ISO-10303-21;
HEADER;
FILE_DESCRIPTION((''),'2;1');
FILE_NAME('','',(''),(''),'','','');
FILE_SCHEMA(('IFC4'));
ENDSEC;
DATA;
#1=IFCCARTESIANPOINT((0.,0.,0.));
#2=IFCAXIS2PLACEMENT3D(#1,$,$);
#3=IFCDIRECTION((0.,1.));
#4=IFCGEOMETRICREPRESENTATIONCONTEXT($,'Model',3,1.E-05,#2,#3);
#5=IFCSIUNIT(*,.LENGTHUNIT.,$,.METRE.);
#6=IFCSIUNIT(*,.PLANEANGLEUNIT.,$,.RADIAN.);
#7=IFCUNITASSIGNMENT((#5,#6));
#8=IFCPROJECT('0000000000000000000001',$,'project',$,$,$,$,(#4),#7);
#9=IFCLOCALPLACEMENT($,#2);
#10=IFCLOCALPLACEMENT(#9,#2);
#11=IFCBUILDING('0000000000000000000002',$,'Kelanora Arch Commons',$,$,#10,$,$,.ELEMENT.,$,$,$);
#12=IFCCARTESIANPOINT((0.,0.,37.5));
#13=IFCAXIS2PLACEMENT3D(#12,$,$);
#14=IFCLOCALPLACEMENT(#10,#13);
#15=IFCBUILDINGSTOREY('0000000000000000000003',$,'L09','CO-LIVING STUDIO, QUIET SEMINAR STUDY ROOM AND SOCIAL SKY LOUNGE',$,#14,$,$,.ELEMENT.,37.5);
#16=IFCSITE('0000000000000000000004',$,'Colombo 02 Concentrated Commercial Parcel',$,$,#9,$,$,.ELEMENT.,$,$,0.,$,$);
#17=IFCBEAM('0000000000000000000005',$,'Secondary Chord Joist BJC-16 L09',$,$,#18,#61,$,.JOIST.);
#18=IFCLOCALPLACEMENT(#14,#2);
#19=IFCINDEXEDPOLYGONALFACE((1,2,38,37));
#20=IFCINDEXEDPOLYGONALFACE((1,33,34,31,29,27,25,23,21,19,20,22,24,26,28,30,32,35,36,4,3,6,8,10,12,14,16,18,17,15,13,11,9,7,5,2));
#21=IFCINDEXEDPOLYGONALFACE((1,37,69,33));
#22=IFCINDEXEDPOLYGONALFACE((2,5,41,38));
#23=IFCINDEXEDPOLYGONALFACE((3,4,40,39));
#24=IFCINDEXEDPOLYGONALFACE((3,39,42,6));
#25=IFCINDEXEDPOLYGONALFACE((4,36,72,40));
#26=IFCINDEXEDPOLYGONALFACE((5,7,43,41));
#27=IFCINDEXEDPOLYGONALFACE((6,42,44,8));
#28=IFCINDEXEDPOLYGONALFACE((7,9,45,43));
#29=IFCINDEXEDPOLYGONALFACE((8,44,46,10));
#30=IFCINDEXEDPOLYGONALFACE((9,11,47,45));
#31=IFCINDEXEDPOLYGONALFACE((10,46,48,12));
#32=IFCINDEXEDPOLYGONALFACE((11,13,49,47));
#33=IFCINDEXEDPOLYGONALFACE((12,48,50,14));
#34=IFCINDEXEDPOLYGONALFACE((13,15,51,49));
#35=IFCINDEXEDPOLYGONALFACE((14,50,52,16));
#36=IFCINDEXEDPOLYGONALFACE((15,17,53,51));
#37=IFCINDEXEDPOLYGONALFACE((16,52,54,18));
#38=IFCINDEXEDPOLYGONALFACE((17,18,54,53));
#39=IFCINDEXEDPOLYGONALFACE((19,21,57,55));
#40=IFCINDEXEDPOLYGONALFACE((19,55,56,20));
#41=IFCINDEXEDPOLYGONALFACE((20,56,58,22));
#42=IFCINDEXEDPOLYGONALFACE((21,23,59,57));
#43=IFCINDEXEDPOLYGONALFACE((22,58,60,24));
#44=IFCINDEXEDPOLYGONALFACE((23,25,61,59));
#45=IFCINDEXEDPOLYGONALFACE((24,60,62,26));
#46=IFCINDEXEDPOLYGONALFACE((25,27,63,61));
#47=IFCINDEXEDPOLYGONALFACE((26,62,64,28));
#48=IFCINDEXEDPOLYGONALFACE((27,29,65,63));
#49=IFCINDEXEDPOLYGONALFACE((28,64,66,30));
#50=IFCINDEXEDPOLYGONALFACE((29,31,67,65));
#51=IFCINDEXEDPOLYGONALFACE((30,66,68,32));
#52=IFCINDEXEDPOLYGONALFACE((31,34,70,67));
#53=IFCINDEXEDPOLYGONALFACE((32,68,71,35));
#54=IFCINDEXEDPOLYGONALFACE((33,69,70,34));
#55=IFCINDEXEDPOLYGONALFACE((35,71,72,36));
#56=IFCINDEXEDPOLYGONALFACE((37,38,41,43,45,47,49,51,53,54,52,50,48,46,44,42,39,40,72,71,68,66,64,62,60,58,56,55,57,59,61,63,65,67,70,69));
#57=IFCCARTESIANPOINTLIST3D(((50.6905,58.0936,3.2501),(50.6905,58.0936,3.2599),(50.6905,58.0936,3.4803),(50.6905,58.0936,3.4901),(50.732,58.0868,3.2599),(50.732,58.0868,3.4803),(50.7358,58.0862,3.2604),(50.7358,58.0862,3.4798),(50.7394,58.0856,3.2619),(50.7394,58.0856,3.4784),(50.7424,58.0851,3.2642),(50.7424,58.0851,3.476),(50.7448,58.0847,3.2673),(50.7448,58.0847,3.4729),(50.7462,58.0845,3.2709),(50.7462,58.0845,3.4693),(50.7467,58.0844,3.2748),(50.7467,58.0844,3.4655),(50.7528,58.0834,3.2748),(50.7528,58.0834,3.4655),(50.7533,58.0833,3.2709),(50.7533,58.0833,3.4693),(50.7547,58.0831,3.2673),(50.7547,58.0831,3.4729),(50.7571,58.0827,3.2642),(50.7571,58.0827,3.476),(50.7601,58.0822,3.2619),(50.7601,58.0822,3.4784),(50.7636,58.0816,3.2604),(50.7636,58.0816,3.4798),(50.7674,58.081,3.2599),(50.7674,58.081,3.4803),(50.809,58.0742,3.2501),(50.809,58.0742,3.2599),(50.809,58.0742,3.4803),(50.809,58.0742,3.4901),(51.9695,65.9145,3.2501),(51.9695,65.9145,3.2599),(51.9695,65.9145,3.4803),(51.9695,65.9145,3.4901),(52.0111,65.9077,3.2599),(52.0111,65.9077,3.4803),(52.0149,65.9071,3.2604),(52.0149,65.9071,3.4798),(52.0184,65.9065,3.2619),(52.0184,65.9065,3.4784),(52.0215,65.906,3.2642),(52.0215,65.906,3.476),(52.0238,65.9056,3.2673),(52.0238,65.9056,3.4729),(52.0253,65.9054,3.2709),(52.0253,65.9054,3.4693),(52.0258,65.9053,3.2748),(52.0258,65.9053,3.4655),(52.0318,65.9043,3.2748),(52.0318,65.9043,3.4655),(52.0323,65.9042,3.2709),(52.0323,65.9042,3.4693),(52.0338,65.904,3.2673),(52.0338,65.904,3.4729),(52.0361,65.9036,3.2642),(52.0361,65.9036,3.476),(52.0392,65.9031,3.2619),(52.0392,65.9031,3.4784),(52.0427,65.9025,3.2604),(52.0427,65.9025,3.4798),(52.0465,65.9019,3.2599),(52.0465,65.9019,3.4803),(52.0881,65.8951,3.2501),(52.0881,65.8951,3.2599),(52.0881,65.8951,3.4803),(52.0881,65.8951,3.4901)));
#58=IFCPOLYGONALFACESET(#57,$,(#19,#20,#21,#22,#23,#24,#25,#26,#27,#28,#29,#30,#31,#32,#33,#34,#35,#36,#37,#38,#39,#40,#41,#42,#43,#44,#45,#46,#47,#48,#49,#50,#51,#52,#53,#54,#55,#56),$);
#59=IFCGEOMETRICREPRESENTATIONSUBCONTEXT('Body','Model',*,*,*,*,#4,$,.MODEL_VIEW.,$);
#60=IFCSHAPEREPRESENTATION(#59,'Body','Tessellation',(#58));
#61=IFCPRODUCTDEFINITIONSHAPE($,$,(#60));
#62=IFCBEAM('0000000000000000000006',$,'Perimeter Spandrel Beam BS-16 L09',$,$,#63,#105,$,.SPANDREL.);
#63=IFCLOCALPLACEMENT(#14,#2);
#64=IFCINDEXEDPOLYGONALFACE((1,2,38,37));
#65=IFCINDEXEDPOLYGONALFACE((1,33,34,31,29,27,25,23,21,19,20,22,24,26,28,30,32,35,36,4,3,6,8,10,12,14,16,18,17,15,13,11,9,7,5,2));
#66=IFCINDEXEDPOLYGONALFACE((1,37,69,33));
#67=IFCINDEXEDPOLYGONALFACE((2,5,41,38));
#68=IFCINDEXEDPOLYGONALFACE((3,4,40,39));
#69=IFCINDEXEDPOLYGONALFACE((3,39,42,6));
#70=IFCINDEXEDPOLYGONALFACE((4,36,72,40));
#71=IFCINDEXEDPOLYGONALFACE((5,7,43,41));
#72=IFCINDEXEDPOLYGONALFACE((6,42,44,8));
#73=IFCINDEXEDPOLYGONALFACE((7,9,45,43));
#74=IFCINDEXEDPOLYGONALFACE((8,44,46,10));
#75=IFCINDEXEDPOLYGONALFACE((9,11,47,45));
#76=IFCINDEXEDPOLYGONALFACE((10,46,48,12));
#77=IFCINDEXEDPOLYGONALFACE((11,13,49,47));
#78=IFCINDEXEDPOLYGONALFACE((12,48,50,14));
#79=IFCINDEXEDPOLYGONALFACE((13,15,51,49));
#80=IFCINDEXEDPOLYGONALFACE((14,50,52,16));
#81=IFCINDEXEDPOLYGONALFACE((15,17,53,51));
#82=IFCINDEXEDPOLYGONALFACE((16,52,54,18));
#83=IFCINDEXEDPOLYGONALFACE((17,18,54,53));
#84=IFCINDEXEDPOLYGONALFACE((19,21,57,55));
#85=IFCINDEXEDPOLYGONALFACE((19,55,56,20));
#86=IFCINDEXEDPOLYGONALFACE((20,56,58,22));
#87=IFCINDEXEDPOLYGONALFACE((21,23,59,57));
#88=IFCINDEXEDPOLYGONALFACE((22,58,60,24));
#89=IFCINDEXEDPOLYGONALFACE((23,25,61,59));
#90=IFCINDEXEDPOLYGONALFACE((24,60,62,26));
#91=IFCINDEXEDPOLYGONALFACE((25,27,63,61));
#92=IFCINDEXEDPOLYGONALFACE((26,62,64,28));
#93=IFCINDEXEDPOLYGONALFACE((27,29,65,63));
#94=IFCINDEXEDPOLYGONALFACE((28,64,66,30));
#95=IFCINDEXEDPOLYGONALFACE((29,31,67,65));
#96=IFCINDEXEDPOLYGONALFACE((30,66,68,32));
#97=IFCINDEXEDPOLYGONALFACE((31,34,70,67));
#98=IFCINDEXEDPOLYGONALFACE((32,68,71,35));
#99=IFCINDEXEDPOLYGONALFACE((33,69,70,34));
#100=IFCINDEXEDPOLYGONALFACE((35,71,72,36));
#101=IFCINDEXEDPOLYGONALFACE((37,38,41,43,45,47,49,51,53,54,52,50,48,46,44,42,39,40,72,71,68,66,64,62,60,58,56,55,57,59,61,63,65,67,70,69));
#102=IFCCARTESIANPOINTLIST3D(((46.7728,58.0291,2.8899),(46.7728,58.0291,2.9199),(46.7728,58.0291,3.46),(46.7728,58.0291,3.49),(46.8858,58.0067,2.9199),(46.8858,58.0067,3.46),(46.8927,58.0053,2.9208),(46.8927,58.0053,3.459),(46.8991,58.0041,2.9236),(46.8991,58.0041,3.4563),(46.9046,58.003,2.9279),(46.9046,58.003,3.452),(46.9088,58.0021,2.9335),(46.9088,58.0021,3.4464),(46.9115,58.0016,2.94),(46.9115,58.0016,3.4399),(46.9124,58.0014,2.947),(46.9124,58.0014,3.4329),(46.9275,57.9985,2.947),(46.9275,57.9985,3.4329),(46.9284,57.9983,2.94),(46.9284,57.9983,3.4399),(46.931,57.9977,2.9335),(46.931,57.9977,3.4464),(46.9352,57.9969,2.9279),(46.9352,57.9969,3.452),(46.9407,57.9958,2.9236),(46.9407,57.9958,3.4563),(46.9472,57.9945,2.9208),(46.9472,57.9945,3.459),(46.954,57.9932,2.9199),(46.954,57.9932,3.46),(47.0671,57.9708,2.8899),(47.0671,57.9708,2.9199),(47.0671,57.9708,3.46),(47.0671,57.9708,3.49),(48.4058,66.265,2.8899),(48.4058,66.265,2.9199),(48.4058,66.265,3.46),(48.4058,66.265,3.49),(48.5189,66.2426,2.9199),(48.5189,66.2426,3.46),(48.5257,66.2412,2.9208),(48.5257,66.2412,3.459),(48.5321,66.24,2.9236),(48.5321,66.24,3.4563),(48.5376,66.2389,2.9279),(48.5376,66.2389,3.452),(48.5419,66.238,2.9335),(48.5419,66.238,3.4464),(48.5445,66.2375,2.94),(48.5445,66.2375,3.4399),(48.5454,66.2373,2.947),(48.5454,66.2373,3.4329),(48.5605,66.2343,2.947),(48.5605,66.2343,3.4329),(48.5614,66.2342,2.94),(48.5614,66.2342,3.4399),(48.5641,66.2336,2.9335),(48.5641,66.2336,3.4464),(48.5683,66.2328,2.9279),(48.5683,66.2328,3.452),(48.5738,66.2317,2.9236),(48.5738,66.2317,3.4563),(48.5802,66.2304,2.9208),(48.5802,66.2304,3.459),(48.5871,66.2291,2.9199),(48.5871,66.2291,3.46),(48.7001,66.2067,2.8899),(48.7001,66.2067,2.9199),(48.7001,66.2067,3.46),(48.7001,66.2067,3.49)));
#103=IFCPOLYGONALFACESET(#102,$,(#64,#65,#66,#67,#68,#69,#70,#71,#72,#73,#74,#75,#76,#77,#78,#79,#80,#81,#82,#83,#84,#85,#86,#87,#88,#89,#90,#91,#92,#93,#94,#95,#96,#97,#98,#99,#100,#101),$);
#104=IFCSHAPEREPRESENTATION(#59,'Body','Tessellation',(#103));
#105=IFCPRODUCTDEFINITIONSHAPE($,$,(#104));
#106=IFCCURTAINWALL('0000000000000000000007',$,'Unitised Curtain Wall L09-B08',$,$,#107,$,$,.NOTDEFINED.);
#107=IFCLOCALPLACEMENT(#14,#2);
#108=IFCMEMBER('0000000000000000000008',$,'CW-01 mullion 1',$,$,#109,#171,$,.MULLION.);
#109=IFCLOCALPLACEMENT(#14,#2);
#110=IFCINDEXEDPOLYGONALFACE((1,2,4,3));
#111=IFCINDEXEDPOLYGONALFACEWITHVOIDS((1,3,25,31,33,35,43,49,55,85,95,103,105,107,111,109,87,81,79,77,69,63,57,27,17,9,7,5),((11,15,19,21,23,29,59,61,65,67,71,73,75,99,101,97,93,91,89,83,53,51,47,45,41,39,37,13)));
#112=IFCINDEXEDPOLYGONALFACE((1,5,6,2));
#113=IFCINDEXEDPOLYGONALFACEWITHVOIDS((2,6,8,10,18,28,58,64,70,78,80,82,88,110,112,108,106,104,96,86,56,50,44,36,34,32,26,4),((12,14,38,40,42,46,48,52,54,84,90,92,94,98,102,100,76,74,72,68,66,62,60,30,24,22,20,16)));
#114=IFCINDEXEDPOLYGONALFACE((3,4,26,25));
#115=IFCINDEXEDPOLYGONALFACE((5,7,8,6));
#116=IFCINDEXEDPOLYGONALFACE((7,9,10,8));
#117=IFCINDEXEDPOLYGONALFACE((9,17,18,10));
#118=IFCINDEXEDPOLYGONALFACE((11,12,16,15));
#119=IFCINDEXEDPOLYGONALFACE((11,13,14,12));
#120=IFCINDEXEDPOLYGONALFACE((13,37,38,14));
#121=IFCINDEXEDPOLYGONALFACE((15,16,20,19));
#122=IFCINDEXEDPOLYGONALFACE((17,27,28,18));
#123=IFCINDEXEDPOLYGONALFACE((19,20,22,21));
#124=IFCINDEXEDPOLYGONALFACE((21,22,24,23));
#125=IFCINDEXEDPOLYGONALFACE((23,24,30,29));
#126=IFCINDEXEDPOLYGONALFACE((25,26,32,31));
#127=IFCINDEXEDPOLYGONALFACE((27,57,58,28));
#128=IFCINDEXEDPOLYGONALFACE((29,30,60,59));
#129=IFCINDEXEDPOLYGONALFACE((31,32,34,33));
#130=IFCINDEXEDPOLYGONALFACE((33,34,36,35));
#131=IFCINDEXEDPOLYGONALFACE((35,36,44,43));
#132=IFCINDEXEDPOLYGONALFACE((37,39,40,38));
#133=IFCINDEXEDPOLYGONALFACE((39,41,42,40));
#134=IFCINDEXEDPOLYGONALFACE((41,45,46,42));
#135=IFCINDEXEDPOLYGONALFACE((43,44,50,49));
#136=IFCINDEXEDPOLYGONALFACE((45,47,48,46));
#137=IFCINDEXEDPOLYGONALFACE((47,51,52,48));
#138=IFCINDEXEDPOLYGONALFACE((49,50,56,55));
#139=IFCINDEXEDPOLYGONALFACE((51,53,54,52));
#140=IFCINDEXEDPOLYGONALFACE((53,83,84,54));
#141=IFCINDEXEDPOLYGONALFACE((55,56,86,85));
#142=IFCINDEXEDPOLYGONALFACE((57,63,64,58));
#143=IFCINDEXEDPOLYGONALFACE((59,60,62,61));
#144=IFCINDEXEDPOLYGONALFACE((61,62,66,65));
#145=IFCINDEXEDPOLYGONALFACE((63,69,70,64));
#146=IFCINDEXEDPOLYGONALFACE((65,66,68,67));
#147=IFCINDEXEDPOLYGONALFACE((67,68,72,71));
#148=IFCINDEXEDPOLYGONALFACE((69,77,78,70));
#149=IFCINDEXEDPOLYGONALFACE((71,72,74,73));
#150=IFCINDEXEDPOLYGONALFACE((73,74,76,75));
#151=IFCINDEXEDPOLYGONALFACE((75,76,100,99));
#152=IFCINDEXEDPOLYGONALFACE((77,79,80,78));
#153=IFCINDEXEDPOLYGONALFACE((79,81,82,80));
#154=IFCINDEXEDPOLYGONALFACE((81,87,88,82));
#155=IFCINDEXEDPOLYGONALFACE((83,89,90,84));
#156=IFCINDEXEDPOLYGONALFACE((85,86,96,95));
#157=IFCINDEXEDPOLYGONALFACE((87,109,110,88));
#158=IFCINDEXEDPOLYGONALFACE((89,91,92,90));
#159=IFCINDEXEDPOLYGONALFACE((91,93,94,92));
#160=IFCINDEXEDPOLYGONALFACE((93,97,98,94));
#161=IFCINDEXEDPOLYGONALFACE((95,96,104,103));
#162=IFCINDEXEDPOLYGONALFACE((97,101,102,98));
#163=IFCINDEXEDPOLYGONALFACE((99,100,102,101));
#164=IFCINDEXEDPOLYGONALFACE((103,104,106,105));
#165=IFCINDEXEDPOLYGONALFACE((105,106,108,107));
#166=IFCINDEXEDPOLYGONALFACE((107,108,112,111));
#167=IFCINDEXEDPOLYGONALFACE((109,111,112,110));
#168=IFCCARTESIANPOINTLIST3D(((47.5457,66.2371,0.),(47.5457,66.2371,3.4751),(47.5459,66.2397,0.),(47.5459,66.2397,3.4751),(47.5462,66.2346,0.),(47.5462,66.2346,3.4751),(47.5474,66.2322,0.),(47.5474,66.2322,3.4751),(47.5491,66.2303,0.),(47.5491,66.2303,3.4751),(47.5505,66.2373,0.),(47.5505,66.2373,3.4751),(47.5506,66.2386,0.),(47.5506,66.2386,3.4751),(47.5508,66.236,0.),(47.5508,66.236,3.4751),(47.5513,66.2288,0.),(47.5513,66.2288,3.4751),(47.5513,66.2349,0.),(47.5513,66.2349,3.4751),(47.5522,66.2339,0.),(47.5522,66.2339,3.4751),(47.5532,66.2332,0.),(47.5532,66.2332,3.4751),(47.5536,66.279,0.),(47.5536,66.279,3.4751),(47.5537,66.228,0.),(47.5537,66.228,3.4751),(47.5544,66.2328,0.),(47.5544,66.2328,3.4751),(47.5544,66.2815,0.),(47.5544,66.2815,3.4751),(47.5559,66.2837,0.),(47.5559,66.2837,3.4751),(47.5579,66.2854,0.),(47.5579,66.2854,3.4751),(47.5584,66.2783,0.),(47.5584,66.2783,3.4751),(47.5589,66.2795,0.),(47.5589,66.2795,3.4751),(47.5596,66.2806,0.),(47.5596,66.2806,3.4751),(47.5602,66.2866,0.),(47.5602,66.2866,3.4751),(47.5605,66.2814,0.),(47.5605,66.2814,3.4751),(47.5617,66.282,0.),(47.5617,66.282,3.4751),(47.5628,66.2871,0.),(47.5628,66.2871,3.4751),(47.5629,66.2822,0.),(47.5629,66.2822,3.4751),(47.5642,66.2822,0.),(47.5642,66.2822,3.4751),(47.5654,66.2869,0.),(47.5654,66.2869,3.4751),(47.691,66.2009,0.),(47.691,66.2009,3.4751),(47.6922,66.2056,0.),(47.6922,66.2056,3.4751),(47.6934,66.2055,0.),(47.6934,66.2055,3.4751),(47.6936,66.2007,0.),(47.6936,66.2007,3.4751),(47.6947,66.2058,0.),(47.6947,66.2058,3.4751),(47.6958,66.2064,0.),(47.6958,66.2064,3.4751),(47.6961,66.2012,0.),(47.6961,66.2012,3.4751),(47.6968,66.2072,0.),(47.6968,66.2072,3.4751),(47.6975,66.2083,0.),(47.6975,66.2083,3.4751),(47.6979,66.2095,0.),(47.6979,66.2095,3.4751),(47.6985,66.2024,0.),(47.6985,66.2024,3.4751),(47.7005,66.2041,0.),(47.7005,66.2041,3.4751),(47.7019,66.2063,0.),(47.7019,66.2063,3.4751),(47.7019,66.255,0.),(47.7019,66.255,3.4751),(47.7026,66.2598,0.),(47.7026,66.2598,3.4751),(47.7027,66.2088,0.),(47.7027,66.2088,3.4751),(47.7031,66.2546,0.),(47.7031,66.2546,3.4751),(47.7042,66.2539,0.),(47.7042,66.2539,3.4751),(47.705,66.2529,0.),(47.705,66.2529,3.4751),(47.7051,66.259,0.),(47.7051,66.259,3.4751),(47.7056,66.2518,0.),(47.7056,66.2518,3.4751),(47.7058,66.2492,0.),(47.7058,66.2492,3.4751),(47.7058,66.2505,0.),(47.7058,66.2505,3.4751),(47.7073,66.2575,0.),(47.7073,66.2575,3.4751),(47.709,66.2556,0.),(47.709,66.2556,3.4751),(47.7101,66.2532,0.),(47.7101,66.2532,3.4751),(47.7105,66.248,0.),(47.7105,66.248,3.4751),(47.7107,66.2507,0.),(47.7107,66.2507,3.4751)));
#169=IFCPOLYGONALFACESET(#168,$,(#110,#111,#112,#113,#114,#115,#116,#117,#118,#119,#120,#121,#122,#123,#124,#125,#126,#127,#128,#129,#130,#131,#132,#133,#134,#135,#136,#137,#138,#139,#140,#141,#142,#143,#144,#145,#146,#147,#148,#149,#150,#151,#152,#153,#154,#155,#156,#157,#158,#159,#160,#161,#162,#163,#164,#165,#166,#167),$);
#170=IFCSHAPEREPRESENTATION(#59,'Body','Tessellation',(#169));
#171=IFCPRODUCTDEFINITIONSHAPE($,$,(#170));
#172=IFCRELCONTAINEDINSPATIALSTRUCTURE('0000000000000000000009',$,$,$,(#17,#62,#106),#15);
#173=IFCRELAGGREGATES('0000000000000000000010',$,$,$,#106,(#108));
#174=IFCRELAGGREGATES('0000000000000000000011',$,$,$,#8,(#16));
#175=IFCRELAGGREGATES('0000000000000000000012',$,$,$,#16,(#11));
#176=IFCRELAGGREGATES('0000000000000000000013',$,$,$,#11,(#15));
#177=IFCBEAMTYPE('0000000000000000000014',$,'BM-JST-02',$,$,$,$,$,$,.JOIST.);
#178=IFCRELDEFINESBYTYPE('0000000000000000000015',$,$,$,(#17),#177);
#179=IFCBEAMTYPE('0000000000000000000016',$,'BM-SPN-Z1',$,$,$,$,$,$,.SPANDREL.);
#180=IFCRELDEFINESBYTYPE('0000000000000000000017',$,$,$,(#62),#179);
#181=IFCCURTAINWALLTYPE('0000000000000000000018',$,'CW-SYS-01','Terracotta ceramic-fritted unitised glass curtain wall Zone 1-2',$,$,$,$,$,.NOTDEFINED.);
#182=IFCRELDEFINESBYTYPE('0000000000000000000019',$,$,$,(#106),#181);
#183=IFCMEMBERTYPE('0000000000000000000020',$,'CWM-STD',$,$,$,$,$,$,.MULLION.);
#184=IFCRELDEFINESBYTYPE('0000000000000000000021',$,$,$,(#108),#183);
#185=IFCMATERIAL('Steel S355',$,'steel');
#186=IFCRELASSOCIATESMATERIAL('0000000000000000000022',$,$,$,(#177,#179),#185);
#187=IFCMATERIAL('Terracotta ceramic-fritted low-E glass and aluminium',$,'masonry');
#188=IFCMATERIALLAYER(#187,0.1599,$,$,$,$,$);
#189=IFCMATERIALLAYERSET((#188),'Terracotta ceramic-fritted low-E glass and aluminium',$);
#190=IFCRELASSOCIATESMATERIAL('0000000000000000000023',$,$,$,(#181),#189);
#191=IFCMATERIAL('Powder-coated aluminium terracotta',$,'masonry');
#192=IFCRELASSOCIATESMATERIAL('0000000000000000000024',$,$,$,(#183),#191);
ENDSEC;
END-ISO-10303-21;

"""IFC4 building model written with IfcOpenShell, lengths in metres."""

from ifc_helpers import new_model, si_unit, direction, frame, origin, origin_2d, place, context, subcontext, project, spatial, hollow_rectangle, i_section, extrude, material, layer, layer_set, material_profile, profile_set, type_object, element, aggregate, save


model = new_model("IFC4")

# Units and contexts
model_context = context("Model", 3, precision=1e-05, world=origin(), true_north=direction((0.0, 1.0)))
body_context = subcontext(model_context, "Body", "Model", "MODEL_VIEW")
ifc_project = project(units=[si_unit("LENGTHUNIT", "METRE"), si_unit("PLANEANGLEUNIT", "RADIAN")], contexts=[model_context])

# Site, building, storey
site_placement = place(None, origin())
site = spatial("IfcSite", under=ifc_project, at=site_placement, Name="Colombo 02 Concentrated Commercial Parcel", CompositionType="ELEMENT", RefElevation=0.0)
building_placement = place(site_placement, origin())
building = spatial("IfcBuilding", under=site, at=building_placement, Name="Kelanora Arch Commons", CompositionType="ELEMENT")
storey_placement = place(building_placement, frame((0.0, 0.0, 37.5)))
storey = spatial("IfcBuildingStorey", under=building, at=storey_placement, Name="L09", Description="CO-LIVING STUDIO, QUIET SEMINAR STUDY ROOM AND SOCIAL SKY LOUNGE", CompositionType="ELEMENT", Elevation=37.5)

# Beams
ifc_material_1 = material(Name="Steel S355", Category="steel")
ifc_material_profile_1 = material_profile(ifc_material_1, i_section(OverallWidth=0.1201, OverallDepth=0.24, WebThickness=0.0061, FlangeThickness=0.0098, FilletRadius=0.0149, at=origin_2d()), Name="IPE240")
ifc_profile_set_1 = profile_set([ifc_material_profile_1], Name="Steel S355")
beam_type_1 = type_object("IfcBeamType", Name="BM-JST-02", PredefinedType="JOIST", material=ifc_profile_set_1)
beam_1_placement = place(storey_placement, frame((52.0288, 65.9048, 3.3701), z_axis=(-0.161401, -0.986889, 0.0), x_axis=(0.986889, -0.161401, 0.0)))
element("IfcBeam", 1, at=beam_1_placement, inside=storey, type_object=beam_type_1, Name="Secondary Chord Joist BJC-16 L09", PredefinedType="JOIST", context=body_context, shape_type="SweptSolid", body=[
    extrude(i_section(OverallWidth=0.1201, OverallDepth=0.24, WebThickness=0.0061, FlangeThickness=0.0098, FilletRadius=0.0149, at=origin_2d()), origin(), (0.0, 0.0, 1.0), 7.9248),
])
ifc_material_profile_2 = material_profile(ifc_material_1, i_section(OverallWidth=0.3, OverallDepth=0.6001, WebThickness=0.0154, FlangeThickness=0.03, FilletRadius=0.0271, at=origin_2d()), Name="HEB600")
ifc_profile_set_2 = profile_set([ifc_material_profile_2], Name="Steel S355")
beam_type_2 = type_object("IfcBeamType", Name="BM-SPN-Z1", PredefinedType="SPANDREL", material=ifc_profile_set_2)
beam_2_placement = place(storey_placement, frame((48.553, 66.2358, 3.1899), z_axis=(-0.1945, -0.980903, 0.0), x_axis=(0.980903, -0.1945, 0.0)))
element("IfcBeam", 2, at=beam_2_placement, inside=storey, type_object=beam_type_2, Name="Perimeter Spandrel Beam BS-16 L09", PredefinedType="SPANDREL", context=body_context, shape_type="SweptSolid", body=[
    extrude(i_section(OverallWidth=0.3, OverallDepth=0.6001, WebThickness=0.0154, FlangeThickness=0.03, FilletRadius=0.0271, at=origin_2d()), origin(), (0.0, 0.0, 1.0), 8.3962),
])

# Curtain wall, member
ifc_material_2 = material(Name="Terracotta ceramic-fritted low-E glass and aluminium", Category="masonry")
ifc_layer_1 = layer(ifc_material_2, 0.1599)
ifc_layer_set_1 = layer_set([ifc_layer_1], Name="Terracotta ceramic-fritted low-E glass and aluminium")
curtain_wall_type = type_object("IfcCurtainWallType", Name="CW-SYS-01", Description="Terracotta ceramic-fritted unitised glass curtain wall Zone 1-2", PredefinedType="NOTDEFINED", material=ifc_layer_set_1)
curtain_wall_placement = place(storey_placement, origin())
curtain_wall = element("IfcCurtainWall", 3, at=curtain_wall_placement, inside=storey, type_object=curtain_wall_type, Name="Unitised Curtain Wall L09-B08", PredefinedType="NOTDEFINED")
ifc_material_3 = material(Name="Powder-coated aluminium terracotta", Category="masonry")
ifc_material_profile_3 = material_profile(ifc_material_3, hollow_rectangle(XDim=0.1599, YDim=0.0601, WallThickness=0.0049, InnerFilletRadius=0.0049, OuterFilletRadius=0.01, at=origin_2d()), Name="CWM160x60")
ifc_profile_set_3 = profile_set([ifc_material_profile_3], Name="Powder-coated aluminium terracotta")
member_type_1 = type_object("IfcMemberType", Name="CWM-STD", PredefinedType="MULLION", material=ifc_profile_set_3)
member_1_placement = place(storey_placement, frame((47.6282, 66.2439, 0.0), z_axis=(0.0, 0.0, 1.0), x_axis=(0.981052, -0.193744, 0.0)))
member_1 = element("IfcMember", 4, at=member_1_placement, type_object=member_type_1, Name="CW-01 mullion 1", PredefinedType="MULLION", context=body_context, shape_type="SweptSolid", body=[
    extrude(hollow_rectangle(XDim=0.1599, YDim=0.0601, WallThickness=0.0049, InnerFilletRadius=0.0049, OuterFilletRadius=0.01, at=origin_2d()), origin(), (0.0, 0.0, 1.0), 3.4751),
])
aggregate(curtain_wall, [member_1])

save(model, "model.ifc")
